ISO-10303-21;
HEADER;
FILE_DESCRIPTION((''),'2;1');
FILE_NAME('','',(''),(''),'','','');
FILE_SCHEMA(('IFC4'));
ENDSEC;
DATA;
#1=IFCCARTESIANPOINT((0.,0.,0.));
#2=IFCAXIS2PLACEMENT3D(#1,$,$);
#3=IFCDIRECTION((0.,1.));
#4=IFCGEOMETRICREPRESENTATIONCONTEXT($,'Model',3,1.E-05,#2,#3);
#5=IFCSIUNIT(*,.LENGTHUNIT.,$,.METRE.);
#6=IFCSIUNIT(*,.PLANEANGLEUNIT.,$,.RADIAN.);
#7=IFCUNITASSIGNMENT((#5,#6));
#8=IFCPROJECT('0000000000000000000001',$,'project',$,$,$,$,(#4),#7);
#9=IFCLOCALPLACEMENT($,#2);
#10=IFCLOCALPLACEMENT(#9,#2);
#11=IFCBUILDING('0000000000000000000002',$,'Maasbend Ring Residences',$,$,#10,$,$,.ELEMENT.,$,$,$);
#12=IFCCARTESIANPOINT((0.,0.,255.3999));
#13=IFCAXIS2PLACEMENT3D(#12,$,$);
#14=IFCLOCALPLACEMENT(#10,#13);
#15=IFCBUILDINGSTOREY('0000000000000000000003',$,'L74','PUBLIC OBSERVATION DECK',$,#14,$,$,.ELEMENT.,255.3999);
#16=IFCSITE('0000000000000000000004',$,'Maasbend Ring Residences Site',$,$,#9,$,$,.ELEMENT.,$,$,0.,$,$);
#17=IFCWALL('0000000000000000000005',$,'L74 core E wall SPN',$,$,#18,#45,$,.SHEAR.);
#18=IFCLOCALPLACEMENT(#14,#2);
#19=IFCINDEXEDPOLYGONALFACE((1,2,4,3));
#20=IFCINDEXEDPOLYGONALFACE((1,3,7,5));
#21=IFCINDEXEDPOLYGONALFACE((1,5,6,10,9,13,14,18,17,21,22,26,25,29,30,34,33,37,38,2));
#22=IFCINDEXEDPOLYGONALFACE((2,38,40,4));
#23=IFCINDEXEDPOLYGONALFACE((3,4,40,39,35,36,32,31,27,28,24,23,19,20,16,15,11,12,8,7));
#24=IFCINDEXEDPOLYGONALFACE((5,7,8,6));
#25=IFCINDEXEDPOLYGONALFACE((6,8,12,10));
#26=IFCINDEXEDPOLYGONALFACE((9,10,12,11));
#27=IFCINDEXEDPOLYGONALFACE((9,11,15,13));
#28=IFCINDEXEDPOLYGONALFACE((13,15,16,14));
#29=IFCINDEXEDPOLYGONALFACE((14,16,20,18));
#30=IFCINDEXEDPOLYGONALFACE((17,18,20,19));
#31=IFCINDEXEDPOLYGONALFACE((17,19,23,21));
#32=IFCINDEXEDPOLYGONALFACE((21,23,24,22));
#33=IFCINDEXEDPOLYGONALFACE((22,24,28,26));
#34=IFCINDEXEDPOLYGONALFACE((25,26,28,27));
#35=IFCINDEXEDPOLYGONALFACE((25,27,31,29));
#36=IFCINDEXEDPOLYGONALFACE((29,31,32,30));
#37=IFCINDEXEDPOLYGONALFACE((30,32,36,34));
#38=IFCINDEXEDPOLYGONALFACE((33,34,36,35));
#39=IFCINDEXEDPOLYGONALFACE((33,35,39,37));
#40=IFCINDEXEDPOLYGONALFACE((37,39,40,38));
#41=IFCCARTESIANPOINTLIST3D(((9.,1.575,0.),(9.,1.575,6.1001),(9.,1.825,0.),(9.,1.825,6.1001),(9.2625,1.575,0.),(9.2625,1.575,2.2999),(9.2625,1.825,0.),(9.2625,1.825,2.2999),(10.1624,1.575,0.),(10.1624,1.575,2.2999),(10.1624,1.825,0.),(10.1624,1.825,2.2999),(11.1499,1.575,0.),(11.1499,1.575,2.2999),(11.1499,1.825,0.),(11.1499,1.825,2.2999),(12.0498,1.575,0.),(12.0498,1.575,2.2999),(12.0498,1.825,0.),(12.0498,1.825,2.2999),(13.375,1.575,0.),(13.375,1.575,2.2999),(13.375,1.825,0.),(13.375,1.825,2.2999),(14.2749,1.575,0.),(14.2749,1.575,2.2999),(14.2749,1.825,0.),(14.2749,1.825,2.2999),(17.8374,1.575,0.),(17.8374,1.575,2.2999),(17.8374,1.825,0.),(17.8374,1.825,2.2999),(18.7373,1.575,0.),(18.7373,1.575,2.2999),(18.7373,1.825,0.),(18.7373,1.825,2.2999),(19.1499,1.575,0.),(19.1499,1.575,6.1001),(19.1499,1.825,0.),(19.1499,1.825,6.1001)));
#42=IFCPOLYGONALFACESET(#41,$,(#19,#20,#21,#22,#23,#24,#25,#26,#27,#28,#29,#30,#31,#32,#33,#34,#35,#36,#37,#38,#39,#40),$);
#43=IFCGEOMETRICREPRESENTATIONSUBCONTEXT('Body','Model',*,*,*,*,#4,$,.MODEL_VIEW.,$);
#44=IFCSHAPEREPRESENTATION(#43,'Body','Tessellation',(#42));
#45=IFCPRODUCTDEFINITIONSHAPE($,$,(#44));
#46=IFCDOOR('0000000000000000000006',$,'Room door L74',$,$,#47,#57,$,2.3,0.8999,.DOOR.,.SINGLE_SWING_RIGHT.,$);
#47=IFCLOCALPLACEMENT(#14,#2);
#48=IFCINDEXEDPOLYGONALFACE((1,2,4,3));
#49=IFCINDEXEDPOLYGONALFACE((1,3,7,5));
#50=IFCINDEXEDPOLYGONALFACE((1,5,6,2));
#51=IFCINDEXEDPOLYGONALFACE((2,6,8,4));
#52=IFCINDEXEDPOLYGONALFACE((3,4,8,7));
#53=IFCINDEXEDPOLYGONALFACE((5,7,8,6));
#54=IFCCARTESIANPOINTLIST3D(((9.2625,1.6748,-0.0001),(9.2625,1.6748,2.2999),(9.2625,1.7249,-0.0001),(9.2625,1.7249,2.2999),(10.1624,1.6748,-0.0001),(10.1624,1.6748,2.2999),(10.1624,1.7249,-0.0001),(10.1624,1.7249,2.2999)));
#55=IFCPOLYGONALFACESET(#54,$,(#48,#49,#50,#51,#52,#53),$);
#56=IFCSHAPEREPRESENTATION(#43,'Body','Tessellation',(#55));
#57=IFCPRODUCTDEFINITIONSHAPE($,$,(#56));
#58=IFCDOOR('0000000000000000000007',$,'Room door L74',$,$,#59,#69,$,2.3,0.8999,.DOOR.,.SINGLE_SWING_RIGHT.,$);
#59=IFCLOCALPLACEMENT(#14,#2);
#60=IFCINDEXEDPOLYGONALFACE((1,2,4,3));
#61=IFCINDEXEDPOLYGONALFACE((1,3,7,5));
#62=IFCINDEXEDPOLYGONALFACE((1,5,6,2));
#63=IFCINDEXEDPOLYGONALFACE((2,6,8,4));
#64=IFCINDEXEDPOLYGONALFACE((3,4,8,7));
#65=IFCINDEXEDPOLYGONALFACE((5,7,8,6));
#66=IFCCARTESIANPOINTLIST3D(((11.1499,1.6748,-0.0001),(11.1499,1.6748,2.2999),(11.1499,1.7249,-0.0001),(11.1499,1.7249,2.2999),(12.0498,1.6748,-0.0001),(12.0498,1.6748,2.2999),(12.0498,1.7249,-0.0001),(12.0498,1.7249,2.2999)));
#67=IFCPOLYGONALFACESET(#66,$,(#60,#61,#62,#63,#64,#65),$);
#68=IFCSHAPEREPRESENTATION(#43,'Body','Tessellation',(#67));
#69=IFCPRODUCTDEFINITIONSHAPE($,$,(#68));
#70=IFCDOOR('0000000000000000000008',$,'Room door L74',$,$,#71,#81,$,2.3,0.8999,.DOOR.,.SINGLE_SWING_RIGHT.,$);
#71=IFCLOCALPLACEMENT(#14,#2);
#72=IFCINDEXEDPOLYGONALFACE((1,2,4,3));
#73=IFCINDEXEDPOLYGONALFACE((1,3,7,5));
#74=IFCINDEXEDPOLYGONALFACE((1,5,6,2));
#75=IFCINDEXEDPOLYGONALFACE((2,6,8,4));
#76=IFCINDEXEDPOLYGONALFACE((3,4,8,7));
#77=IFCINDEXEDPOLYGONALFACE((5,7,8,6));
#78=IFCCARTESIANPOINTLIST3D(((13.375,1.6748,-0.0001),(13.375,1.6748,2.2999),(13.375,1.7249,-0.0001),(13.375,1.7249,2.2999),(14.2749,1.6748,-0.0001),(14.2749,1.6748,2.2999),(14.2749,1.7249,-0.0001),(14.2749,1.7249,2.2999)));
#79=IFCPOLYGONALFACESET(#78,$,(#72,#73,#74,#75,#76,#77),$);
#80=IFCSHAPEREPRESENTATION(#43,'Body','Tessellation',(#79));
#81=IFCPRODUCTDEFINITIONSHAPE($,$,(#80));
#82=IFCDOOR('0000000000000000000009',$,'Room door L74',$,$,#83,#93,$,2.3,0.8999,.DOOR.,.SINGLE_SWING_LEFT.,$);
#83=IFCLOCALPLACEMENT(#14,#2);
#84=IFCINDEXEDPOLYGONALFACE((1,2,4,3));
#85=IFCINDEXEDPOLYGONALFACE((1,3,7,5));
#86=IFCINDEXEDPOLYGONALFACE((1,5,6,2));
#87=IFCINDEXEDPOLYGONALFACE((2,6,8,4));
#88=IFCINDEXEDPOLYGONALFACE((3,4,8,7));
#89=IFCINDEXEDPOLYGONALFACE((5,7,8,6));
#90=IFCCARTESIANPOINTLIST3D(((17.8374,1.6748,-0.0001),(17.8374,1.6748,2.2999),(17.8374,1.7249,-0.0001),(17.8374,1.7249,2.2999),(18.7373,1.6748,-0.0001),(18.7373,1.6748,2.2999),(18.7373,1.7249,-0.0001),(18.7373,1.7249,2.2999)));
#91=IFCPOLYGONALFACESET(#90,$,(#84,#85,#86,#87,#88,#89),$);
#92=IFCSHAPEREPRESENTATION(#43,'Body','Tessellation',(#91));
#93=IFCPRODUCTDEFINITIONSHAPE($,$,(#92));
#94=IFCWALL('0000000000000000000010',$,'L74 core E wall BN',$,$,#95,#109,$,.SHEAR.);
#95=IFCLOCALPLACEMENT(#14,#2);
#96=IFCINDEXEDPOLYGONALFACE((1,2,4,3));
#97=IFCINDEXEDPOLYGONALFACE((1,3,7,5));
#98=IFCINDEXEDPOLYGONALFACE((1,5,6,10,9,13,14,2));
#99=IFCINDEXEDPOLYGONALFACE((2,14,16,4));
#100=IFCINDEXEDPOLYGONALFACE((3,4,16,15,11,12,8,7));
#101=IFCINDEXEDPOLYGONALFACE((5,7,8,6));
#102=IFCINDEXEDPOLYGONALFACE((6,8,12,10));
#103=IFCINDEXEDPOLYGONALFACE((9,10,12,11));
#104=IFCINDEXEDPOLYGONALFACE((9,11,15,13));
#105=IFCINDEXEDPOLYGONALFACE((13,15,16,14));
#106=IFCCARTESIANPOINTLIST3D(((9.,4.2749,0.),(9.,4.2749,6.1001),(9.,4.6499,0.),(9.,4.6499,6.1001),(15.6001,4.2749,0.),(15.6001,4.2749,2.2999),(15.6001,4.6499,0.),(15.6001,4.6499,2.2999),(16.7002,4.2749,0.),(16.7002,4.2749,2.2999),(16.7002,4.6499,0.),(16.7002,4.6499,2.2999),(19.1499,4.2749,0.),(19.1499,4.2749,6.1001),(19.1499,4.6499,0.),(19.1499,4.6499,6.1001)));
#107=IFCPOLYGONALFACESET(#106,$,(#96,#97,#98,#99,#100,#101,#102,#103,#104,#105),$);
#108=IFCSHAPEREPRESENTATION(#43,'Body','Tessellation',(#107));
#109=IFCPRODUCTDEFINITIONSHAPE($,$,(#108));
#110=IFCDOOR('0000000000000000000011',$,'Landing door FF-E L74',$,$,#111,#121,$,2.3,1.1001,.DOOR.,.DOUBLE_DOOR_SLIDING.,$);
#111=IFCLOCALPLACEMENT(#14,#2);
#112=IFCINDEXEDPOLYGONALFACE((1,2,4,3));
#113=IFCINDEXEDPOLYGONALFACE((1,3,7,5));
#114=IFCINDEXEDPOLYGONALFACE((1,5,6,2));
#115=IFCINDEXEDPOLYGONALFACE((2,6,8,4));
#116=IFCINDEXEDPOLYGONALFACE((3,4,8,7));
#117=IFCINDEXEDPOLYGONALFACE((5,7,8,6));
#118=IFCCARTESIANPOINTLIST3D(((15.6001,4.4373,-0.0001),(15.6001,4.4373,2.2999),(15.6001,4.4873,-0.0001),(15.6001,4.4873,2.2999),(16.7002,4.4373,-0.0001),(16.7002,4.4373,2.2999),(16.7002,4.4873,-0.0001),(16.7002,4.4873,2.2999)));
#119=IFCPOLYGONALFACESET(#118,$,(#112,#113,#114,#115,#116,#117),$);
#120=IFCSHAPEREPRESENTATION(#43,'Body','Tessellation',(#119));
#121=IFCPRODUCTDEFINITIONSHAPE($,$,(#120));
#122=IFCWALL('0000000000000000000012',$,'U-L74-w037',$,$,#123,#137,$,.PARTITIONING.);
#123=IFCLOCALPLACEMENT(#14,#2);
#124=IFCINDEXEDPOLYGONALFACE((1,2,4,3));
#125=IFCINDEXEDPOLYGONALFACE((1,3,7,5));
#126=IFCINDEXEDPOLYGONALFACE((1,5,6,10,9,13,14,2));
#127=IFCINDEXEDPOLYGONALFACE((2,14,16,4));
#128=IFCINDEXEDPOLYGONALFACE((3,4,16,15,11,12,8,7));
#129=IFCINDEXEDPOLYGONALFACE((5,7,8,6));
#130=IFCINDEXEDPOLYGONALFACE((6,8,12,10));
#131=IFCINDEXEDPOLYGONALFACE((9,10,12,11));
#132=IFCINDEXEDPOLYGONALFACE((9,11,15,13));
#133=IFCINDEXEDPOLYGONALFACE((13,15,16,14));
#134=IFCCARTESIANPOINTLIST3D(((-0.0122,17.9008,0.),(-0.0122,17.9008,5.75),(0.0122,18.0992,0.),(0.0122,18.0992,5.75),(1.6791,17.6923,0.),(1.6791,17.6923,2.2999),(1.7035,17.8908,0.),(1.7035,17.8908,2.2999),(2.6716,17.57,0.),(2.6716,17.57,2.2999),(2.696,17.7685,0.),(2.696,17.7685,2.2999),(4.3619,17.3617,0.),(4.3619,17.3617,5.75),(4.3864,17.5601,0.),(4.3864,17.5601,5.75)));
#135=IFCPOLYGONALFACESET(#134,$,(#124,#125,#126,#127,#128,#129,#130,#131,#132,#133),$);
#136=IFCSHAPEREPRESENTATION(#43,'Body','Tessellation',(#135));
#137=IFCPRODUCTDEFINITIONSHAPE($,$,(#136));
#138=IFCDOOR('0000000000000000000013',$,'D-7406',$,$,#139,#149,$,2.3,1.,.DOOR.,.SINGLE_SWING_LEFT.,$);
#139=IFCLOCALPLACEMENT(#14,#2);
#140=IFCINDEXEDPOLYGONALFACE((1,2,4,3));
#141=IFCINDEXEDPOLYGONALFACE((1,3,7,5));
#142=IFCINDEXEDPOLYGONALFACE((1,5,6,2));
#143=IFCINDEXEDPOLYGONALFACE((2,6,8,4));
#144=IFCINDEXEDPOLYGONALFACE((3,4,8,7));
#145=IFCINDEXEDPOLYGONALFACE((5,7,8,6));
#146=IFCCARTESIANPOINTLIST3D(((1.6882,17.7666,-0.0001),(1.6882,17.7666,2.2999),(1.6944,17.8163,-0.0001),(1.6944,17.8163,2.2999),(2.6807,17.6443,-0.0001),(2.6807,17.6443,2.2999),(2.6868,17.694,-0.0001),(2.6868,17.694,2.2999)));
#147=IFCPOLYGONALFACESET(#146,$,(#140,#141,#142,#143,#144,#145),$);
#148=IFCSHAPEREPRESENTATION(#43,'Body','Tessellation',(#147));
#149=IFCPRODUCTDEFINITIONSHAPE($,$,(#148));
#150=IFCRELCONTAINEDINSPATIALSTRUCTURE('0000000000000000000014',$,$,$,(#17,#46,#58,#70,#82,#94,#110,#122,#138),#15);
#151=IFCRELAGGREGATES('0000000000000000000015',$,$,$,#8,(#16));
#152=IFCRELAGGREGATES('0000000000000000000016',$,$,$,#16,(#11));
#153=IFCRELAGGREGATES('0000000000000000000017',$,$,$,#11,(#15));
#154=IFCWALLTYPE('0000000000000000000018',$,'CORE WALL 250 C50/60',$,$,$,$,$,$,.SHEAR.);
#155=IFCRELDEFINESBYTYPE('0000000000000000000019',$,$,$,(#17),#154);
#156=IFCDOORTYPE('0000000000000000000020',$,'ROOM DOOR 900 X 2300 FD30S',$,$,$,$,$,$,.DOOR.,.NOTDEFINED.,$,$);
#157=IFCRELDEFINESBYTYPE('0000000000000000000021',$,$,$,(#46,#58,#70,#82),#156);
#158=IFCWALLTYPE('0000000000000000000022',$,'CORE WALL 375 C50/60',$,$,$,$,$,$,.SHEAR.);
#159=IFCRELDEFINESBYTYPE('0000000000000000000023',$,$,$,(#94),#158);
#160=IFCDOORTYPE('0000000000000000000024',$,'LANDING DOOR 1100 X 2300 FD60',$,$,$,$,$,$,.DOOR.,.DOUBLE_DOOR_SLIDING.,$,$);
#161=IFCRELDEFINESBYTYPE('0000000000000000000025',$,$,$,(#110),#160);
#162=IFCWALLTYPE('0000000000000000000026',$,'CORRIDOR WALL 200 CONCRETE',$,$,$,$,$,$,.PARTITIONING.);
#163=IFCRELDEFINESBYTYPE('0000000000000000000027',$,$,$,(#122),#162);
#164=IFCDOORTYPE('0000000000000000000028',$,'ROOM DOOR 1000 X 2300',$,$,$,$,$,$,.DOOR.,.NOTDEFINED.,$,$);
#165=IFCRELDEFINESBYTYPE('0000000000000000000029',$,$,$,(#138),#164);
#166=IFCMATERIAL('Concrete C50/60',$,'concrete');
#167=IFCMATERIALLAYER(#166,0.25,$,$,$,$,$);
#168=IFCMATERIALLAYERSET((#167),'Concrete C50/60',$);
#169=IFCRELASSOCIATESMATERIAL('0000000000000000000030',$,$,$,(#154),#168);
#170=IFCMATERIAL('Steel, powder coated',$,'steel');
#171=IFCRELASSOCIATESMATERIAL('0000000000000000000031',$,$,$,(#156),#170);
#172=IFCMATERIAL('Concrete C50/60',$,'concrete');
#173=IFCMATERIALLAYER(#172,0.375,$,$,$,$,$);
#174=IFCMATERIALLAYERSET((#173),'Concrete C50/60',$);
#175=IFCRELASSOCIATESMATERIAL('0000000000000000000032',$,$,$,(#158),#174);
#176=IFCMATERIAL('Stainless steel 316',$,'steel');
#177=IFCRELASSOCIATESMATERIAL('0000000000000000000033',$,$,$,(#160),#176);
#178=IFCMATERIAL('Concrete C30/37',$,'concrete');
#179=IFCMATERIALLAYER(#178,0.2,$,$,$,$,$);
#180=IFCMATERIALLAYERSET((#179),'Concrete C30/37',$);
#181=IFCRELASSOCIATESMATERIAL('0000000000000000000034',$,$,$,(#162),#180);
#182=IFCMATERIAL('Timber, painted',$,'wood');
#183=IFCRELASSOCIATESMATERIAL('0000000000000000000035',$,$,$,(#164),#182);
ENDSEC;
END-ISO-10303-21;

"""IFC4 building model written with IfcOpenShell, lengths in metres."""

from ifc_helpers import new_model, si_unit, direction, frame, frame_2d, origin, place, context, subcontext, project, spatial, rectangle, extrude, material, layer, layer_set, type_object, element, fill, save


model = new_model("IFC4")

# Units and contexts
model_context = context("Model", 3, precision=1e-05, world=origin(), true_north=direction((0.0, 1.0)))
body_context = subcontext(model_context, "Body", "Model", "MODEL_VIEW")
ifc_project = project(units=[si_unit("LENGTHUNIT", "METRE"), si_unit("PLANEANGLEUNIT", "RADIAN")], contexts=[model_context])

# Site, building, storey
site_placement = place(None, origin())
site = spatial("IfcSite", under=ifc_project, at=site_placement, Name="Maasbend Ring Residences Site", CompositionType="ELEMENT", RefElevation=0.0)
building_placement = place(site_placement, origin())
building = spatial("IfcBuilding", under=site, at=building_placement, Name="Maasbend Ring Residences", CompositionType="ELEMENT")
storey_placement = place(building_placement, frame((0.0, 0.0, 255.3999)))
storey = spatial("IfcBuildingStorey", under=building, at=storey_placement, Name="L74", Description="PUBLIC OBSERVATION DECK", CompositionType="ELEMENT", Elevation=255.3999)

# Wall, openings, doors
ifc_material_1 = material(Name="Concrete C50/60", Category="concrete")
ifc_layer_1 = layer(ifc_material_1, 0.25)
ifc_layer_set_1 = layer_set([ifc_layer_1], Name="Concrete C50/60")
wall_type_1 = type_object("IfcWallType", Name="CORE WALL 250 C50/60", PredefinedType="SHEAR", material=ifc_layer_set_1)
wall_1_placement = place(storey_placement, frame((9.0, 1.7, 0.0), z_axis=(0.0, 0.0, 1.0), x_axis=(1.0, 0.0, 0.0)))
wall_1 = element("IfcWall", 1, at=wall_1_placement, inside=storey, type_object=wall_type_1, Name="L74 core E wall SPN", PredefinedType="SHEAR", context=body_context, shape_type="SweptSolid", body=[
    extrude(rectangle(XDim=10.1499, YDim=0.25, at=frame_2d((5.075, 0.0))), origin(), (0.0, 0.0, 1.0), 6.1001),
])
opening_1_placement = place(wall_1_placement, frame((0.2625, 0.0, 0.0)))
opening_1 = element("IfcOpeningElement", 2, at=opening_1_placement, cuts=wall_1, PredefinedType="OPENING", context=body_context, shape_type="SweptSolid", body=[
    extrude(rectangle(XDim=0.8999, YDim=2.3, at=frame_2d((0.45, 1.1499))), frame((0.0, 0.135, 0.0), z_axis=(0.0, -1.0, 0.0), x_axis=(1.0, 0.0, 0.0)), (0.0, 0.0, 1.0), 0.27),
])
opening_2_placement = place(wall_1_placement, frame((2.1499, 0.0, 0.0)))
opening_2 = element("IfcOpeningElement", 3, at=opening_2_placement, cuts=wall_1, PredefinedType="OPENING", context=body_context, shape_type="SweptSolid", body=[
    extrude(rectangle(XDim=0.8999, YDim=2.3, at=frame_2d((0.45, 1.1499))), frame((0.0, 0.135, 0.0), z_axis=(0.0, -1.0, 0.0), x_axis=(1.0, 0.0, 0.0)), (0.0, 0.0, 1.0), 0.27),
])
opening_3_placement = place(wall_1_placement, frame((4.375, 0.0, 0.0)))
opening_3 = element("IfcOpeningElement", 4, at=opening_3_placement, cuts=wall_1, PredefinedType="OPENING", context=body_context, shape_type="SweptSolid", body=[
    extrude(rectangle(XDim=0.8999, YDim=2.3, at=frame_2d((0.45, 1.1499))), frame((0.0, 0.135, 0.0), z_axis=(0.0, -1.0, 0.0), x_axis=(1.0, 0.0, 0.0)), (0.0, 0.0, 1.0), 0.27),
])
opening_4_placement = place(wall_1_placement, frame((8.8374, 0.0, 0.0)))
opening_4 = element("IfcOpeningElement", 5, at=opening_4_placement, cuts=wall_1, PredefinedType="OPENING", context=body_context, shape_type="SweptSolid", body=[
    extrude(rectangle(XDim=0.8999, YDim=2.3, at=frame_2d((0.45, 1.1499))), frame((0.0, 0.135, 0.0), z_axis=(0.0, -1.0, 0.0), x_axis=(1.0, 0.0, 0.0)), (0.0, 0.0, 1.0), 0.27),
])
ifc_material_2 = material(Name="Steel, powder coated", Category="steel")
door_type_1 = type_object("IfcDoorType", Name="ROOM DOOR 900 X 2300 FD30S", OperationType="NOTDEFINED", PredefinedType="DOOR", material=ifc_material_2)
door_1_placement = place(opening_1_placement, origin())
door_1 = element("IfcDoor", 6, at=door_1_placement, inside=storey, type_object=door_type_1, Name="Room door L74", OperationType="SINGLE_SWING_RIGHT", OverallHeight=2.3, OverallWidth=0.8999, PredefinedType="DOOR", context=body_context, shape_type="SweptSolid", body=[
    extrude(rectangle(XDim=0.8999, YDim=2.3, at=frame_2d((0.45, 1.1499))), frame((0.0, 0.0249, 0.0), z_axis=(0.0, -1.0, 0.0), x_axis=(1.0, 0.0, 0.0)), (0.0, 0.0, 1.0), 0.05),
])
fill(opening_1, door_1)
door_2_placement = place(opening_2_placement, origin())
door_2 = element("IfcDoor", 7, at=door_2_placement, inside=storey, type_object=door_type_1, Name="Room door L74", OperationType="SINGLE_SWING_RIGHT", OverallHeight=2.3, OverallWidth=0.8999, PredefinedType="DOOR", context=body_context, shape_type="SweptSolid", body=[
    extrude(rectangle(XDim=0.8999, YDim=2.3, at=frame_2d((0.45, 1.1499))), frame((0.0, 0.0249, 0.0), z_axis=(0.0, -1.0, 0.0), x_axis=(1.0, 0.0, 0.0)), (0.0, 0.0, 1.0), 0.05),
])
fill(opening_2, door_2)
door_3_placement = place(opening_3_placement, origin())
door_3 = element("IfcDoor", 8, at=door_3_placement, inside=storey, type_object=door_type_1, Name="Room door L74", OperationType="SINGLE_SWING_RIGHT", OverallHeight=2.3, OverallWidth=0.8999, PredefinedType="DOOR", context=body_context, shape_type="SweptSolid", body=[
    extrude(rectangle(XDim=0.8999, YDim=2.3, at=frame_2d((0.45, 1.1499))), frame((0.0, 0.0249, 0.0), z_axis=(0.0, -1.0, 0.0), x_axis=(1.0, 0.0, 0.0)), (0.0, 0.0, 1.0), 0.05),
])
fill(opening_3, door_3)
door_4_placement = place(opening_4_placement, origin())
door_4 = element("IfcDoor", 9, at=door_4_placement, inside=storey, type_object=door_type_1, Name="Room door L74", OperationType="SINGLE_SWING_LEFT", OverallHeight=2.3, OverallWidth=0.8999, PredefinedType="DOOR", context=body_context, shape_type="SweptSolid", body=[
    extrude(rectangle(XDim=0.8999, YDim=2.3, at=frame_2d((0.45, 1.1499))), frame((0.0, 0.0249, 0.0), z_axis=(0.0, -1.0, 0.0), x_axis=(1.0, 0.0, 0.0)), (0.0, 0.0, 1.0), 0.05),
])
fill(opening_4, door_4)

# Walls, openings, doors
ifc_material_3 = material(Name="Concrete C50/60", Category="concrete")
ifc_layer_2 = layer(ifc_material_3, 0.375)
ifc_layer_set_2 = layer_set([ifc_layer_2], Name="Concrete C50/60")
wall_type_2 = type_object("IfcWallType", Name="CORE WALL 375 C50/60", PredefinedType="SHEAR", material=ifc_layer_set_2)
wall_2_placement = place(storey_placement, frame((9.0, 4.4624, 0.0), z_axis=(0.0, 0.0, 1.0), x_axis=(1.0, 0.0, 0.0)))
wall_2 = element("IfcWall", 10, at=wall_2_placement, inside=storey, type_object=wall_type_2, Name="L74 core E wall BN", PredefinedType="SHEAR", context=body_context, shape_type="SweptSolid", body=[
    extrude(rectangle(XDim=10.1499, YDim=0.375, at=frame_2d((5.075, 0.0))), origin(), (0.0, 0.0, 1.0), 6.1001),
])
opening_5_placement = place(wall_2_placement, frame((6.6001, 0.0, 0.0)))
opening_5 = element("IfcOpeningElement", 11, at=opening_5_placement, cuts=wall_2, PredefinedType="OPENING", context=body_context, shape_type="SweptSolid", body=[
    extrude(rectangle(XDim=1.1001, YDim=2.3, at=frame_2d((0.55, 1.1499))), frame((0.0, 0.1975, 0.0), z_axis=(0.0, -1.0, 0.0), x_axis=(1.0, 0.0, 0.0)), (0.0, 0.0, 1.0), 0.395),
])
ifc_material_4 = material(Name="Stainless steel 316", Category="steel")
door_type_2 = type_object("IfcDoorType", Name="LANDING DOOR 1100 X 2300 FD60", OperationType="DOUBLE_DOOR_SLIDING", PredefinedType="DOOR", material=ifc_material_4)
door_5_placement = place(opening_5_placement, origin())
door_5 = element("IfcDoor", 12, at=door_5_placement, inside=storey, type_object=door_type_2, Name="Landing door FF-E L74", OperationType="DOUBLE_DOOR_SLIDING", OverallHeight=2.3, OverallWidth=1.1001, PredefinedType="DOOR", context=body_context, shape_type="SweptSolid", body=[
    extrude(rectangle(XDim=1.1001, YDim=2.3, at=frame_2d((0.55, 1.1499))), frame((0.0, 0.0249, 0.0), z_axis=(0.0, -1.0, 0.0), x_axis=(1.0, 0.0, 0.0)), (0.0, 0.0, 1.0), 0.05),
])
fill(opening_5, door_5)
ifc_material_5 = material(Name="Concrete C30/37", Category="concrete")
ifc_layer_3 = layer(ifc_material_5, 0.2)
ifc_layer_set_3 = layer_set([ifc_layer_3], Name="Concrete C30/37")
wall_type_3 = type_object("IfcWallType", Name="CORRIDOR WALL 200 CONCRETE", PredefinedType="PARTITIONING", material=ifc_layer_set_3)
wall_3_placement = place(storey_placement, frame((0.0, 18.0, 0.0), z_axis=(0.0, 0.0, 1.0), x_axis=(0.992491, -0.122316, 0.0)))
wall_3 = element("IfcWall", 13, at=wall_3_placement, inside=storey, type_object=wall_type_3, Name="U-L74-w037", PredefinedType="PARTITIONING", context=body_context, shape_type="SweptSolid", body=[
    extrude(rectangle(XDim=4.4072, YDim=0.2, at=frame_2d((2.2036, 0.0))), origin(), (0.0, 0.0, 1.0), 5.75),
])
opening_6_placement = place(wall_3_placement, frame((1.7041, 0.0, 0.0)))
opening_6 = element("IfcOpeningElement", 14, at=opening_6_placement, cuts=wall_3, PredefinedType="OPENING", context=body_context, shape_type="SweptSolid", body=[
    extrude(rectangle(XDim=1.0, YDim=2.3, at=frame_2d((0.5, 1.1499))), frame((0.0, 0.1099, 0.0), z_axis=(0.0, -1.0, 0.0), x_axis=(1.0, 0.0, 0.0)), (0.0, 0.0, 1.0), 0.22),
])
ifc_material_6 = material(Name="Timber, painted", Category="wood")
door_type_3 = type_object("IfcDoorType", Name="ROOM DOOR 1000 X 2300", OperationType="NOTDEFINED", PredefinedType="DOOR", material=ifc_material_6)
door_6_placement = place(opening_6_placement, origin())
door_6 = element("IfcDoor", 15, at=door_6_placement, inside=storey, type_object=door_type_3, Name="D-7406", OperationType="SINGLE_SWING_LEFT", OverallHeight=2.3, OverallWidth=1.0, PredefinedType="DOOR", context=body_context, shape_type="SweptSolid", body=[
    extrude(rectangle(XDim=1.0, YDim=2.3, at=frame_2d((0.5, 1.1499))), frame((0.0, 0.0249, 0.0), z_axis=(0.0, -1.0, 0.0), x_axis=(1.0, 0.0, 0.0)), (0.0, 0.0, 1.0), 0.05),
])
fill(opening_6, door_6)

save(model, "model.ifc")
